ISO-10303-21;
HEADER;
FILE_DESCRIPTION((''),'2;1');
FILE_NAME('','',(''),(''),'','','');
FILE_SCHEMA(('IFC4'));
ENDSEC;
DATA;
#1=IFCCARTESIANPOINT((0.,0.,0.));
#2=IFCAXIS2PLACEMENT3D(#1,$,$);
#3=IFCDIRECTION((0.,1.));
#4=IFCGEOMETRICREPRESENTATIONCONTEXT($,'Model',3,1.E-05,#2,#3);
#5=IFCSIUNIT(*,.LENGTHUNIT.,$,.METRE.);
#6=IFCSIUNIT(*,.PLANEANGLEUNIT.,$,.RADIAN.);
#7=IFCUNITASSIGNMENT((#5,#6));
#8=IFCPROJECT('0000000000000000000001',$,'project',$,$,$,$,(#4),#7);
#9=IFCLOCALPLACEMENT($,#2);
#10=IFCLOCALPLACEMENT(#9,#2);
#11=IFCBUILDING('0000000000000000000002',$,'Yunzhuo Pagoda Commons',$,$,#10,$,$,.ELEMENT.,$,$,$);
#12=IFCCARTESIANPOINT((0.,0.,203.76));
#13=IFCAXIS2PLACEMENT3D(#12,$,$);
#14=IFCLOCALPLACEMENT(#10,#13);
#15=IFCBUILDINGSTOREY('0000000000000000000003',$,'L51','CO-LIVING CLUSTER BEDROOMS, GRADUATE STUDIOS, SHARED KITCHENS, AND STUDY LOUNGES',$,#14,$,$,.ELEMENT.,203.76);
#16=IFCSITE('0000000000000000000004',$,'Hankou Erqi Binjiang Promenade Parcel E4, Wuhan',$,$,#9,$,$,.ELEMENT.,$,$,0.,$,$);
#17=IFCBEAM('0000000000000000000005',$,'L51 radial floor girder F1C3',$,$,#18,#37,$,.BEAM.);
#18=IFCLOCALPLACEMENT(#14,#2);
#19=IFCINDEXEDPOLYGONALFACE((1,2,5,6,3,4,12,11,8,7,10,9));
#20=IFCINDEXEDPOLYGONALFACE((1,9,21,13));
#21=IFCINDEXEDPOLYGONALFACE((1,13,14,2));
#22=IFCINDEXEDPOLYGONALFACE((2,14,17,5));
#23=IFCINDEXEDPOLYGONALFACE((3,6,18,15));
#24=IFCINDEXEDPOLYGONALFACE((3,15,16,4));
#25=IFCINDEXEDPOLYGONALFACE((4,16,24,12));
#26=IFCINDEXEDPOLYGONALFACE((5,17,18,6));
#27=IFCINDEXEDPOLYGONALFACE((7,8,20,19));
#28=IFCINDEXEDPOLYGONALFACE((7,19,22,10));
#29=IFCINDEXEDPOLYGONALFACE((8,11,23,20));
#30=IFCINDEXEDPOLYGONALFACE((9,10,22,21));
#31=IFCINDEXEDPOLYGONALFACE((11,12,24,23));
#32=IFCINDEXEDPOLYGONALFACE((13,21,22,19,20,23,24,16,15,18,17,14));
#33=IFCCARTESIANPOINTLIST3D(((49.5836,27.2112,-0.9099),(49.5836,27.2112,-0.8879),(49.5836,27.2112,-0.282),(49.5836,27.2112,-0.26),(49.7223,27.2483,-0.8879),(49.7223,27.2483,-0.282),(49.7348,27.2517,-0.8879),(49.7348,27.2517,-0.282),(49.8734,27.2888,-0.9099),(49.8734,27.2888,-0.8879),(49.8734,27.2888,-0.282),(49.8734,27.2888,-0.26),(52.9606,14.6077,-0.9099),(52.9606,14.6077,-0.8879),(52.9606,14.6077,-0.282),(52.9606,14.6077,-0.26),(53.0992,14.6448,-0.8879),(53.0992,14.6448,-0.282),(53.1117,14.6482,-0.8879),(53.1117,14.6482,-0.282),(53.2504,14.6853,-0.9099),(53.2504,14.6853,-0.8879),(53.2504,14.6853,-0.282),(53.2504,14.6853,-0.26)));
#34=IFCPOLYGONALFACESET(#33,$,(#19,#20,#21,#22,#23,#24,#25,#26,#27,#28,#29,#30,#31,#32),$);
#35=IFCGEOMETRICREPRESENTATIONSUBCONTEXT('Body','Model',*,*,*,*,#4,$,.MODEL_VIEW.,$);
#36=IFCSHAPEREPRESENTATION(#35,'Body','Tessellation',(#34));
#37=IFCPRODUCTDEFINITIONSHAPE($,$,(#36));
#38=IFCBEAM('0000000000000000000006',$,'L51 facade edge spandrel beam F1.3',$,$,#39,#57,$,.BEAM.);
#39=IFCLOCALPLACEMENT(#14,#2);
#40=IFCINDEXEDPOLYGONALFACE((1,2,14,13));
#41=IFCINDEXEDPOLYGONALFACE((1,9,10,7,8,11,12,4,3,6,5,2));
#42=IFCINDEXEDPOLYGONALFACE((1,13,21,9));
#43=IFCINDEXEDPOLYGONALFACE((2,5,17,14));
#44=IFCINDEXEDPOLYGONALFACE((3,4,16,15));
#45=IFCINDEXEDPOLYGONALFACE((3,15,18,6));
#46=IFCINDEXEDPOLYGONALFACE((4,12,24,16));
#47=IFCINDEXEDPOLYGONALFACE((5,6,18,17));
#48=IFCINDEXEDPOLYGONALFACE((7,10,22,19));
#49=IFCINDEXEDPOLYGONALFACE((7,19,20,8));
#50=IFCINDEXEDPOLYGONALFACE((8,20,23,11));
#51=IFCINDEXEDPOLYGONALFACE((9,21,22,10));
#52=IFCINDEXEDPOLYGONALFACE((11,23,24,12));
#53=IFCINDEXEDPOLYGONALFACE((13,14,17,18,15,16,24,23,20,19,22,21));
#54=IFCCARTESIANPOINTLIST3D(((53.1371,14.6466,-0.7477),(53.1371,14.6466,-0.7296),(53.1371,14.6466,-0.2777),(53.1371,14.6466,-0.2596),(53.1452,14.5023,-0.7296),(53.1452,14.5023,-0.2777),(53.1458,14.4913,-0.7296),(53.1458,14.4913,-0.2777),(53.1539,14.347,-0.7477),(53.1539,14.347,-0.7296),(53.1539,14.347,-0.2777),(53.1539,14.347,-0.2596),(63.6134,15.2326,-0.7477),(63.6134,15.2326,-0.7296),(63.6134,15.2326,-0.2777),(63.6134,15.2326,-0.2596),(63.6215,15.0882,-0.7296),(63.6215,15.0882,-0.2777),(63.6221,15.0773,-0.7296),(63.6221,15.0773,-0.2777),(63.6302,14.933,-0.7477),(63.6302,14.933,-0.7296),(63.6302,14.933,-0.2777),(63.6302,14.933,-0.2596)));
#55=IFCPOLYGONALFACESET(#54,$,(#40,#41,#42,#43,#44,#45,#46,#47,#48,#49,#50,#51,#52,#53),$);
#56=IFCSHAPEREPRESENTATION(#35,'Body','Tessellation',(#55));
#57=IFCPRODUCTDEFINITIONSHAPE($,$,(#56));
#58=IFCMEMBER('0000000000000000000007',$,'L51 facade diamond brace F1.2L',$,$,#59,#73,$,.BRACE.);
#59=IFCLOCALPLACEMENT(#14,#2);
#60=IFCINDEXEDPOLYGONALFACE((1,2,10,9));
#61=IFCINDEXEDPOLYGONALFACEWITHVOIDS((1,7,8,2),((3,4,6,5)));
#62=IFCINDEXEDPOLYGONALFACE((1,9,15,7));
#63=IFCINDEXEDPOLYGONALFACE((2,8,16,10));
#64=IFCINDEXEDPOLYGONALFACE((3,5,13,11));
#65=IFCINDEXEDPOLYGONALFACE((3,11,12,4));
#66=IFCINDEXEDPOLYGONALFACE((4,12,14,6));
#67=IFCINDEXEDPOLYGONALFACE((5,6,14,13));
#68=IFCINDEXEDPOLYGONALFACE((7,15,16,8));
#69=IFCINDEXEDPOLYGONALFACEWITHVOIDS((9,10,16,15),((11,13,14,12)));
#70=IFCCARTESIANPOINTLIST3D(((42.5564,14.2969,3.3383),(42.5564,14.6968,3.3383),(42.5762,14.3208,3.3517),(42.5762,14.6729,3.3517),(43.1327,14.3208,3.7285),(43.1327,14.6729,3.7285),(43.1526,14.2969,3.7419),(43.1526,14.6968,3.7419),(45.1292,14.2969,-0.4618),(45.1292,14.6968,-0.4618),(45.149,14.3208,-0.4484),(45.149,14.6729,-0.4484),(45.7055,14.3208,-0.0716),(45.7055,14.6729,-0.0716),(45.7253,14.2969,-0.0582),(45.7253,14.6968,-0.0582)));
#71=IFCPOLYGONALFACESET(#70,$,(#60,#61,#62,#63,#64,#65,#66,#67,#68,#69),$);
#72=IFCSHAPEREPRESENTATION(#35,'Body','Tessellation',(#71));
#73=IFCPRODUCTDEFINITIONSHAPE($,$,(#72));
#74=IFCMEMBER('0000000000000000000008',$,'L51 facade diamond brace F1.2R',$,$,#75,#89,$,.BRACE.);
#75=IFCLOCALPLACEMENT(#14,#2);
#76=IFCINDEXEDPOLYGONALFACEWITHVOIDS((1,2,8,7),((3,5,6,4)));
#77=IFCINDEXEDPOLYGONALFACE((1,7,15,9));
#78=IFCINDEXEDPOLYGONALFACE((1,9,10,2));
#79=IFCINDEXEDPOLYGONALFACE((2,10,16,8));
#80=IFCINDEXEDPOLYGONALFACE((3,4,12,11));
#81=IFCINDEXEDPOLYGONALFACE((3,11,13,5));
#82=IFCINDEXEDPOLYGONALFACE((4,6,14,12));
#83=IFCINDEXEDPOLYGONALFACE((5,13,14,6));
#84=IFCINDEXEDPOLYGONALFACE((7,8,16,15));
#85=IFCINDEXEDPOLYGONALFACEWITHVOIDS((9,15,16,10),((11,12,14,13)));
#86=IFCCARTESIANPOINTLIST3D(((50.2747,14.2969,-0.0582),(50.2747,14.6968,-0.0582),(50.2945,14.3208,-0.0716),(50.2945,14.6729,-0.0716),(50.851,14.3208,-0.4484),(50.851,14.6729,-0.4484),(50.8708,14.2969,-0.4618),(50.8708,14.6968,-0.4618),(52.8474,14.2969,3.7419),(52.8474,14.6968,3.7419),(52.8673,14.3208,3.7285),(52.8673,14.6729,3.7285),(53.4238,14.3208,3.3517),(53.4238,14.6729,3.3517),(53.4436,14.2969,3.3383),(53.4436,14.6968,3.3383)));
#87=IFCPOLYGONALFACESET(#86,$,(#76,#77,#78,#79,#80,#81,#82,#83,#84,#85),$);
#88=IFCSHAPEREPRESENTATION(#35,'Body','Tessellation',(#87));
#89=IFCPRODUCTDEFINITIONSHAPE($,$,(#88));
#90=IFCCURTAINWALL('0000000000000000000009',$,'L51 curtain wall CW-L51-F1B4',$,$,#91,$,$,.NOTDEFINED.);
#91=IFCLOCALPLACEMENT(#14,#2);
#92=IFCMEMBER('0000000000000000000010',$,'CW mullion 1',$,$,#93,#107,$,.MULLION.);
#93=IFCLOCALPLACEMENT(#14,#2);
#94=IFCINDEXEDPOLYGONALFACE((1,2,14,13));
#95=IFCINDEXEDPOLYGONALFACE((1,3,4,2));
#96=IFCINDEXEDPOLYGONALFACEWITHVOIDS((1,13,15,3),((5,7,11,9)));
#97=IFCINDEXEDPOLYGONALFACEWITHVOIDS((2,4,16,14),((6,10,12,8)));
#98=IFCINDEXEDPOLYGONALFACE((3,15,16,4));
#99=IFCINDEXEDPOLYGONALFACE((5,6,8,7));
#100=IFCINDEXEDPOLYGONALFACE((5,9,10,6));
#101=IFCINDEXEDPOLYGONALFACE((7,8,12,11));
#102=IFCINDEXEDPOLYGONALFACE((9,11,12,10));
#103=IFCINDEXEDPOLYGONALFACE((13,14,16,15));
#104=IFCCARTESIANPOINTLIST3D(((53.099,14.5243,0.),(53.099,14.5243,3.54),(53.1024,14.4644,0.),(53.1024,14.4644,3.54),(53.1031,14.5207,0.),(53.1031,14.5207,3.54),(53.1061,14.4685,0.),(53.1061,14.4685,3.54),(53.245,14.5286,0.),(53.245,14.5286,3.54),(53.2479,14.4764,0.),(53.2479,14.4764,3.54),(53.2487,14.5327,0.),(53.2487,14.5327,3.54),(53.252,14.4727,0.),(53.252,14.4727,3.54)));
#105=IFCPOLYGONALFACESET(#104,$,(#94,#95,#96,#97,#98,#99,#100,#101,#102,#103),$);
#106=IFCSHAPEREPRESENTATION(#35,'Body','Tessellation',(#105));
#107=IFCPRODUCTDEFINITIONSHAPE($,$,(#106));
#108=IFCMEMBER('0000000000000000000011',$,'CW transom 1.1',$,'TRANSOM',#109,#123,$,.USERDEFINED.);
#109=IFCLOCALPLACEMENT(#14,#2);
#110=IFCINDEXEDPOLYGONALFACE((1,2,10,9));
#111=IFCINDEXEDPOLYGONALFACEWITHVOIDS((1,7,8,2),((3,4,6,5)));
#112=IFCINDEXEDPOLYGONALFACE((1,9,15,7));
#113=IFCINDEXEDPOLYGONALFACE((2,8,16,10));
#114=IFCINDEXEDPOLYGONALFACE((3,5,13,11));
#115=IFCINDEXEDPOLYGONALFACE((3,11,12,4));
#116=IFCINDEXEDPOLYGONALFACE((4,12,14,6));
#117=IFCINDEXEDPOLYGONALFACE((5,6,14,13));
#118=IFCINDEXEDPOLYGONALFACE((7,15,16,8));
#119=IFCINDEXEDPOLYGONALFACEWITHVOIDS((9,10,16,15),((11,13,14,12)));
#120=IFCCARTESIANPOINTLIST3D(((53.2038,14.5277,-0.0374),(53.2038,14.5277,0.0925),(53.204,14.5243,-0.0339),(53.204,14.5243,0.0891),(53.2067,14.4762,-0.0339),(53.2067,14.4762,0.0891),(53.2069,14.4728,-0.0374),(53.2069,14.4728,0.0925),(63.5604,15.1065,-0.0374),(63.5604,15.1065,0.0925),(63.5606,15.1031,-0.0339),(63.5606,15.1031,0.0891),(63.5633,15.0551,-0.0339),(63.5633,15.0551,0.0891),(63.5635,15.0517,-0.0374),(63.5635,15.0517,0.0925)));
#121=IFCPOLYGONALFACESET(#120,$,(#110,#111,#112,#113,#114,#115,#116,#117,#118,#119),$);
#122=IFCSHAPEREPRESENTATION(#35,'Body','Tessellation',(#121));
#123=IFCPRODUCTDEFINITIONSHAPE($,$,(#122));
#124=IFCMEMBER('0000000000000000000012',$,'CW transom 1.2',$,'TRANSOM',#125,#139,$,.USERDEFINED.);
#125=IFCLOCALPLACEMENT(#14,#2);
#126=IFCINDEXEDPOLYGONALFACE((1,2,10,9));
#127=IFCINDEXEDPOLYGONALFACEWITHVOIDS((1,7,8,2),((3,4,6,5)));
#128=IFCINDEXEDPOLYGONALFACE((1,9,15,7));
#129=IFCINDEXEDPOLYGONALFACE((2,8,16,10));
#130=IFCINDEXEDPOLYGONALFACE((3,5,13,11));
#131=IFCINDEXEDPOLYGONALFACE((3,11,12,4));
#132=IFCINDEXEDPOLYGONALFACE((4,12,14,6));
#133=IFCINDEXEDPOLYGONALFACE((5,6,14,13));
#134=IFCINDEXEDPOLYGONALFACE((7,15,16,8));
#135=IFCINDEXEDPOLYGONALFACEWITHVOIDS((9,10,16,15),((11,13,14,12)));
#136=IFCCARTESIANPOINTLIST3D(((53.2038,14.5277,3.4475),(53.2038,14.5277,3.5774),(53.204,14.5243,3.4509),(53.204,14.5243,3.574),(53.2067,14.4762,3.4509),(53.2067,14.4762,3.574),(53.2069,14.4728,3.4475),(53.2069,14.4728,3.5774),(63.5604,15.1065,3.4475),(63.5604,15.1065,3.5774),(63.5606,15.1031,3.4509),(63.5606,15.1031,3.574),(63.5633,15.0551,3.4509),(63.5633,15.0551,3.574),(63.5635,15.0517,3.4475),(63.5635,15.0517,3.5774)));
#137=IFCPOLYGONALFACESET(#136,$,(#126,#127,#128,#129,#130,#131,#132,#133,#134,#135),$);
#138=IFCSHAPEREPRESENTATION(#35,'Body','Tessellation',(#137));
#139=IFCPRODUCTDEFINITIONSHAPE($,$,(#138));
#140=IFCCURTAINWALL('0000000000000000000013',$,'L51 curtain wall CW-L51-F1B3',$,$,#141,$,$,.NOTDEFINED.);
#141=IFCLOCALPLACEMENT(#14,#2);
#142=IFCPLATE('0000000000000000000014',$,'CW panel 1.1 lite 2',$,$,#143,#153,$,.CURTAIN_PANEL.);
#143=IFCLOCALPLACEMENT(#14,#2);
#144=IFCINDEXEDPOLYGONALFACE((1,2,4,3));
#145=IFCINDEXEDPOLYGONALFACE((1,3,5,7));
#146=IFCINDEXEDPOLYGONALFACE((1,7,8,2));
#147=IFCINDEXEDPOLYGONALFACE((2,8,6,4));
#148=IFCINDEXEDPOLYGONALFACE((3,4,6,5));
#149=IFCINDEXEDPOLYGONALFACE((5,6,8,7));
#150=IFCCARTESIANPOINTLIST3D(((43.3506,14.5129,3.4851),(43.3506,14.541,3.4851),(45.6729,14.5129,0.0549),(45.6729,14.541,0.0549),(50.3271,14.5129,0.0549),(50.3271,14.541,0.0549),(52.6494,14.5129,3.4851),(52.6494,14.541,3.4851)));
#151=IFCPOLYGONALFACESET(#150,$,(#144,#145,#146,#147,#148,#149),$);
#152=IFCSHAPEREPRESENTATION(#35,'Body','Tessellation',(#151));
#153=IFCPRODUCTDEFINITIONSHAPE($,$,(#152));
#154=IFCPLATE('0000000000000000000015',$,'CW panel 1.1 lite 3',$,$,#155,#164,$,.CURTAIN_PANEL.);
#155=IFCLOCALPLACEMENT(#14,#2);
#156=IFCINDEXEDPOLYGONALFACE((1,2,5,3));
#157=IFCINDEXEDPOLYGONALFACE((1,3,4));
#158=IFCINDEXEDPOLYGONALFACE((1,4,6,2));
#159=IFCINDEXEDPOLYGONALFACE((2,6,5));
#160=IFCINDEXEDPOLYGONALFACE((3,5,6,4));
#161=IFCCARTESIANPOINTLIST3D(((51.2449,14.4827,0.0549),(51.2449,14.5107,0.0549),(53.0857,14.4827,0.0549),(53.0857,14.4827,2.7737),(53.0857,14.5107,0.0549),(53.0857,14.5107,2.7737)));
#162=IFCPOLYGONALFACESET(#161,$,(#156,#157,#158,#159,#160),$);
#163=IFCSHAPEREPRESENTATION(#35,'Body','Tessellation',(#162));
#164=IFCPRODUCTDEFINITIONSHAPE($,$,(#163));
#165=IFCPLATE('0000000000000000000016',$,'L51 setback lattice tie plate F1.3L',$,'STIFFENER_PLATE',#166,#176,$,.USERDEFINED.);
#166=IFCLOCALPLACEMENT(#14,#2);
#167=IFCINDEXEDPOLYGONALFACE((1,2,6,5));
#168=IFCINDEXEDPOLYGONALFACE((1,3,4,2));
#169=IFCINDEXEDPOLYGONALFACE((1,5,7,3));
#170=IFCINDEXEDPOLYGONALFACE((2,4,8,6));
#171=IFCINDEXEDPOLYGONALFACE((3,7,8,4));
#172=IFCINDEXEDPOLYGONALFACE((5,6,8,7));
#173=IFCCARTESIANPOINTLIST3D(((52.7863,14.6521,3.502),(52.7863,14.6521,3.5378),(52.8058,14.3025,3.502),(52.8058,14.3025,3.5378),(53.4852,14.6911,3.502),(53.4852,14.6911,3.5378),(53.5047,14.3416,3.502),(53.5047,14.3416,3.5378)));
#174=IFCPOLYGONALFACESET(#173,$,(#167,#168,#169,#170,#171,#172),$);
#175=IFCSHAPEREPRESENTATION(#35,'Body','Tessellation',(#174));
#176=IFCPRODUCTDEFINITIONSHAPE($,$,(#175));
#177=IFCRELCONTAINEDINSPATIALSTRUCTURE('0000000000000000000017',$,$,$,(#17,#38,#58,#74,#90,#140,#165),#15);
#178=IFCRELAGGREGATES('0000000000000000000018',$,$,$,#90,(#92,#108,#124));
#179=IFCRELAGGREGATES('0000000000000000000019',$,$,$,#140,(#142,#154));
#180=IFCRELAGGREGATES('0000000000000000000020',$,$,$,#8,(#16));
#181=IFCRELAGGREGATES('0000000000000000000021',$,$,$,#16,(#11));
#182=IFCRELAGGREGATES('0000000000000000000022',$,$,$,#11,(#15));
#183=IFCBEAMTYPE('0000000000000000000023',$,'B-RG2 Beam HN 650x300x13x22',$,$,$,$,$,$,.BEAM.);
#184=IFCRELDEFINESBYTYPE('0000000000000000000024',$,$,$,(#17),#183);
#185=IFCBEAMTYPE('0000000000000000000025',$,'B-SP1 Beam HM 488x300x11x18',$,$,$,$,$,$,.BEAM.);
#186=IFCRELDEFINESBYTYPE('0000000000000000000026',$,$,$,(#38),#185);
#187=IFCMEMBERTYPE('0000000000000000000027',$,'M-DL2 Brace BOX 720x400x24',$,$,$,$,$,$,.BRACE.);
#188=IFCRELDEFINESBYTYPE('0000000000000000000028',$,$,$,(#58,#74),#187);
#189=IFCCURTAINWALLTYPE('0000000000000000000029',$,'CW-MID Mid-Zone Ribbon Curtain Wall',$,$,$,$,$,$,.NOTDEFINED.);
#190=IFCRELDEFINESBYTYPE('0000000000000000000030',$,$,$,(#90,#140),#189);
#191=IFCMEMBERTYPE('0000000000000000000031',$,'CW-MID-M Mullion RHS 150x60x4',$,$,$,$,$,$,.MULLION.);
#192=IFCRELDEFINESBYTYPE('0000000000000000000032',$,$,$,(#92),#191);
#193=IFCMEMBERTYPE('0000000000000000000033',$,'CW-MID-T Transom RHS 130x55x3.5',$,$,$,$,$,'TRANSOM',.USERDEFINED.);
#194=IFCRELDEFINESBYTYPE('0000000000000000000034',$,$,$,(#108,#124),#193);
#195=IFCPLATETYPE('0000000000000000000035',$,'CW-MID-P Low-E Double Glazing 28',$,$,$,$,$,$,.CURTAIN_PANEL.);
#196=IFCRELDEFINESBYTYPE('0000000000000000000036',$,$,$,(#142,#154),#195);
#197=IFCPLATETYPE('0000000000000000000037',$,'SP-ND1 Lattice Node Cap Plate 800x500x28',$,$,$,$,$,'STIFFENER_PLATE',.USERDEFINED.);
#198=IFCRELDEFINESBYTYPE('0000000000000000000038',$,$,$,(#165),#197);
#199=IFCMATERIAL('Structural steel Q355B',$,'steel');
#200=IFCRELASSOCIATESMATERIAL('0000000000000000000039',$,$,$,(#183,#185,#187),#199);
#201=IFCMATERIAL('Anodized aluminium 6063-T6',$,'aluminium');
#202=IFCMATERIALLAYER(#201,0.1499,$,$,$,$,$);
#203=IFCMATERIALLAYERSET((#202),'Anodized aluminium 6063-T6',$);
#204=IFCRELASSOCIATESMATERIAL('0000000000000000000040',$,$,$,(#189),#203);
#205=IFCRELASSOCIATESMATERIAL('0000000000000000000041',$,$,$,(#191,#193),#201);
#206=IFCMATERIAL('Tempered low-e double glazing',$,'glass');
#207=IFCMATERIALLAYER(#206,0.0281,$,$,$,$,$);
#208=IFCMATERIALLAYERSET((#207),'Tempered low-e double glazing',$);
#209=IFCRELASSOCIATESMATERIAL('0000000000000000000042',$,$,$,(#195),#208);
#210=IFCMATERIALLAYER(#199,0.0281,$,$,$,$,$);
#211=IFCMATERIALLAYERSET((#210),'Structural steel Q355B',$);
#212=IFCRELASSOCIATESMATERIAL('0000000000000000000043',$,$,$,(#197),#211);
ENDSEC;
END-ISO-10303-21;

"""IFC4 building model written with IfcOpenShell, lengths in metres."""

from ifc_helpers import new_model, si_unit, direction, frame, origin, origin_2d, place, context, subcontext, project, spatial, polyline, rectangle, hollow_rectangle, i_section, outline, extrude, source, transform, mapped, material, layer, layer_set, material_profile, profile_set, type_object, element, aggregate, save


model = new_model("IFC4")

# Units and contexts
model_context = context("Model", 3, precision=1e-05, world=origin(), true_north=direction((0.0, 1.0)))
body_context = subcontext(model_context, "Body", "Model", "MODEL_VIEW")
ifc_project = project(units=[si_unit("LENGTHUNIT", "METRE"), si_unit("PLANEANGLEUNIT", "RADIAN")], contexts=[model_context])

# Site, building, storey
site_placement = place(None, origin())
site = spatial("IfcSite", under=ifc_project, at=site_placement, Name="Hankou Erqi Binjiang Promenade Parcel E4, Wuhan", CompositionType="ELEMENT", RefElevation=0.0)
building_placement = place(site_placement, origin())
building = spatial("IfcBuilding", under=site, at=building_placement, Name="Yunzhuo Pagoda Commons", CompositionType="ELEMENT")
storey_placement = place(building_placement, frame((0.0, 0.0, 203.76)))
storey = spatial("IfcBuildingStorey", under=building, at=storey_placement, Name="L51", Description="CO-LIVING CLUSTER BEDROOMS, GRADUATE STUDIOS, SHARED KITCHENS, AND STUDY LOUNGES", CompositionType="ELEMENT", Elevation=203.76)

# Beams
ifc_material_1 = material(Name="Structural steel Q355B", Category="steel")
ifc_material_profile_1 = material_profile(ifc_material_1, i_section(OverallWidth=0.3, OverallDepth=0.6499, WebThickness=0.0129, FlangeThickness=0.022, at=origin_2d()), Name="Structural steel Q355B")
ifc_profile_set_1 = profile_set([ifc_material_profile_1], Name="Structural steel Q355B")
beam_type_1 = type_object("IfcBeamType", Name="B-RG2 Beam HN 650x300x13x22", PredefinedType="BEAM", material=ifc_profile_set_1)
shared_shape_1 = source(origin(), body_context, "Body", "SweptSolid", [
    extrude(i_section(OverallWidth=0.3, OverallDepth=0.6499, WebThickness=0.0129, FlangeThickness=0.022, at=origin_2d()), origin(), (0.0, 0.0, 1.0), 13.0481),
])
beam_1_placement = place(storey_placement, frame((53.1055, 14.6465, -0.585), z_axis=(-0.258808, 0.965929, 0.0), x_axis=(-0.965929, -0.258808, 0.0)))
element("IfcBeam", 1, at=beam_1_placement, inside=storey, type_object=beam_type_1, Name="L51 radial floor girder F1C3", PredefinedType="BEAM", context=body_context, shape_type="MappedRepresentation", body=[
    mapped(shared_shape_1, transform((0.0, 0.0, 0.0), scale=1.0)),
])
ifc_material_profile_2 = material_profile(ifc_material_1, i_section(OverallWidth=0.3, OverallDepth=0.488, WebThickness=0.011, FlangeThickness=0.0181, at=origin_2d()), Name="Structural steel Q355B")
ifc_profile_set_2 = profile_set([ifc_material_profile_2], Name="Structural steel Q355B")
beam_type_2 = type_object("IfcBeamType", Name="B-SP1 Beam HM 488x300x11x18", PredefinedType="BEAM", material=ifc_profile_set_2)
shared_shape_2 = source(origin(), body_context, "Body", "SweptSolid", [
    extrude(i_section(OverallWidth=0.3, OverallDepth=0.488, WebThickness=0.011, FlangeThickness=0.0181, at=origin_2d()), origin(), (0.0, 0.0, 1.0), 10.4927),
])
beam_2_placement = place(storey_placement, frame((53.1455, 14.4968, -0.5037), z_axis=(0.99844, 0.055842, 0.0), x_axis=(-0.055842, 0.99844, 0.0)))
element("IfcBeam", 2, at=beam_2_placement, inside=storey, type_object=beam_type_2, Name="L51 facade edge spandrel beam F1.3", PredefinedType="BEAM", context=body_context, shape_type="MappedRepresentation", body=[
    mapped(shared_shape_2, transform((0.0, 0.0, 0.0), scale=1.0)),
])

# Members
ifc_material_profile_3 = material_profile(ifc_material_1, hollow_rectangle(XDim=0.3999, YDim=0.72, WallThickness=0.0239, at=origin_2d()), Name="Structural steel Q355B")
ifc_profile_set_3 = profile_set([ifc_material_profile_3], Name="Structural steel Q355B")
member_type_1 = type_object("IfcMemberType", Name="M-DL2 Brace BOX 720x400x24", PredefinedType="BRACE", material=ifc_profile_set_3)
shared_shape_3 = source(origin(), body_context, "Body", "SweptSolid", [
    extrude(hollow_rectangle(XDim=0.3999, YDim=0.72, WallThickness=0.0239, at=origin_2d()), origin(), (0.0, 0.0, 1.0), 4.5891),
])
for number, where, z_axis, x_axis, name in (
    (3, (45.4272, 14.4968, -0.26), (-0.560628, 0.0, 0.828068), (0.0, -1.0, 0.0), "L51 facade diamond brace F1.2L"),
    (4, (50.5728, 14.4968, -0.26), (0.560628, 0.0, 0.828068), (0.0, 1.0, 0.0), "L51 facade diamond brace F1.2R"),
):
    element("IfcMember", number, at=place(storey_placement, frame(where, z_axis=z_axis, x_axis=x_axis)), inside=storey, type_object=member_type_1, Name=name, PredefinedType="BRACE", context=body_context, shape_type="MappedRepresentation", body=[
        mapped(shared_shape_3, transform((0.0, 0.0, 0.0), scale=1.0)),
    ])

# Curtain wall, members
ifc_material_2 = material(Name="Anodized aluminium 6063-T6", Category="aluminium")
ifc_layer_1 = layer(ifc_material_2, 0.1499)
ifc_layer_set_1 = layer_set([ifc_layer_1], Name="Anodized aluminium 6063-T6")
curtain_wall_type = type_object("IfcCurtainWallType", Name="CW-MID Mid-Zone Ribbon Curtain Wall", PredefinedType="NOTDEFINED", material=ifc_layer_set_1)
curtain_wall_1_placement = place(storey_placement, origin())
curtain_wall_1 = element("IfcCurtainWall", 5, at=curtain_wall_1_placement, inside=storey, type_object=curtain_wall_type, Name="L51 curtain wall CW-L51-F1B4", PredefinedType="NOTDEFINED")
ifc_material_profile_4 = material_profile(ifc_material_2, hollow_rectangle(XDim=0.0601, YDim=0.1499, WallThickness=0.0039, at=origin_2d()), Name="Anodized aluminium 6063-T6")
ifc_profile_set_4 = profile_set([ifc_material_profile_4], Name="Anodized aluminium 6063-T6")
member_type_2 = type_object("IfcMemberType", Name="CW-MID-M Mullion RHS 150x60x4", PredefinedType="MULLION", material=ifc_profile_set_4)
shared_shape_4 = source(origin(), body_context, "Body", "SweptSolid", [
    extrude(hollow_rectangle(XDim=0.0601, YDim=0.1499, WallThickness=0.0039, at=origin_2d()), origin(), (0.0, 0.0, 1.0), 3.54),
])
member_1_placement = place(storey_placement, frame((53.1755, 14.4985, 0.0), z_axis=(0.0, 0.0, 1.0), x_axis=(-0.055819, 0.998441, 0.0)))
member_1 = element("IfcMember", 6, at=member_1_placement, type_object=member_type_2, Name="CW mullion 1", PredefinedType="MULLION", context=body_context, shape_type="MappedRepresentation", body=[
    mapped(shared_shape_4, transform((0.0, 0.0, 0.0), scale=1.0)),
])
ifc_material_profile_5 = material_profile(ifc_material_2, hollow_rectangle(XDim=0.0549, YDim=0.1299, WallThickness=0.0034, at=origin_2d()), Name="Anodized aluminium 6063-T6")
ifc_profile_set_5 = profile_set([ifc_material_profile_5], Name="Anodized aluminium 6063-T6")
member_type_3 = type_object("IfcMemberType", Name="CW-MID-T Transom RHS 130x55x3.5", ElementType="TRANSOM", PredefinedType="USERDEFINED", material=ifc_profile_set_5)
shared_shape_5 = source(origin(), body_context, "Body", "SweptSolid", [
    extrude(hollow_rectangle(XDim=0.0549, YDim=0.1299, WallThickness=0.0034, at=origin_2d()), origin(), (0.0, 0.0, 1.0), 10.3728),
])
member_2_placement = place(storey_placement, frame((53.2053, 14.5002, 0.0276), z_axis=(0.998442, 0.055805, 0.0), x_axis=(-0.055805, 0.998442, 0.0)))
member_2 = element("IfcMember", 7, at=member_2_placement, type_object=member_type_3, Name="CW transom 1.1", ObjectType="TRANSOM", PredefinedType="USERDEFINED", context=body_context, shape_type="MappedRepresentation", body=[
    mapped(shared_shape_5, transform((0.0, 0.0, 0.0), scale=1.0)),
])
member_3_placement = place(storey_placement, frame((53.2053, 14.5002, 3.5125), z_axis=(0.998442, 0.055805, 0.0), x_axis=(-0.055805, 0.998442, 0.0)))
member_3 = element("IfcMember", 8, at=member_3_placement, type_object=member_type_3, Name="CW transom 1.2", ObjectType="TRANSOM", PredefinedType="USERDEFINED", context=body_context, shape_type="MappedRepresentation", body=[
    mapped(shared_shape_5, transform((0.0, 0.0, 0.0), scale=1.0)),
])
aggregate(curtain_wall_1, [member_1, member_2, member_3])

# Curtain wall, plates
curtain_wall_2_placement = place(storey_placement, origin())
curtain_wall_2 = element("IfcCurtainWall", 9, at=curtain_wall_2_placement, inside=storey, type_object=curtain_wall_type, Name="L51 curtain wall CW-L51-F1B3", PredefinedType="NOTDEFINED")
ifc_material_3 = material(Name="Tempered low-e double glazing", Category="glass")
ifc_layer_2 = layer(ifc_material_3, 0.0281)
ifc_layer_set_2 = layer_set([ifc_layer_2], Name="Tempered low-e double glazing")
plate_type_1 = type_object("IfcPlateType", Name="CW-MID-P Low-E Double Glazing 28", PredefinedType="CURTAIN_PANEL", material=ifc_layer_set_2)
plate_1_placement = place(storey_placement, frame((48.0, 14.541, 1.77), z_axis=(0.0, -1.0, 0.0), x_axis=(1.0, 0.0, 0.0)))
plate_1 = element("IfcPlate", 10, at=plate_1_placement, type_object=plate_type_1, Name="CW panel 1.1 lite 2", PredefinedType="CURTAIN_PANEL", context=body_context, shape_type="SweptSolid", body=[
    extrude(outline(polyline([(-4.6494, 1.7151), (-2.3271, -1.7151), (2.3271, -1.7151), (4.6494, 1.7151), (-4.6494, 1.7151)])), origin(), (0.0, 0.0, 1.0), 0.0281),
])
plate_2_placement = place(storey_placement, frame((52.1653, 14.5107, 1.4143), z_axis=(0.0, -1.0, 0.0), x_axis=(1.0, 0.0, 0.0)))
plate_2 = element("IfcPlate", 11, at=plate_2_placement, type_object=plate_type_1, Name="CW panel 1.1 lite 3", PredefinedType="CURTAIN_PANEL", context=body_context, shape_type="SweptSolid", body=[
    extrude(outline(polyline([(-0.9204, -1.3594), (0.9204, -1.3594), (0.9204, 1.3594), (-0.9204, -1.3594)])), origin(), (0.0, 0.0, 1.0), 0.0281),
])
aggregate(curtain_wall_2, [plate_1, plate_2])

# Plate
ifc_layer_3 = layer(ifc_material_1, 0.0281)
ifc_layer_set_3 = layer_set([ifc_layer_3], Name="Structural steel Q355B")
plate_type_2 = type_object("IfcPlateType", Name="SP-ND1 Lattice Node Cap Plate 800x500x28", ElementType="STIFFENER_PLATE", PredefinedType="USERDEFINED", material=ifc_layer_set_3)
shared_shape_6 = source(origin(), body_context, "Body", "SweptSolid", [
    extrude(rectangle(XDim=0.7, YDim=0.3501, at=origin_2d()), origin(), (0.0, 0.0, 1.0), 0.0359),
])
plate_3_placement = place(storey_placement, frame((53.1455, 14.4968, 3.502), z_axis=(0.0, 0.0, 1.0), x_axis=(0.998441, 0.055822, 0.0)))
element("IfcPlate", 12, at=plate_3_placement, inside=storey, type_object=plate_type_2, Name="L51 setback lattice tie plate F1.3L", ObjectType="STIFFENER_PLATE", PredefinedType="USERDEFINED", context=body_context, shape_type="MappedRepresentation", body=[
    mapped(shared_shape_6, transform((0.0, 0.0, 0.0), scale=1.0)),
])

save(model, "model.ifc")
